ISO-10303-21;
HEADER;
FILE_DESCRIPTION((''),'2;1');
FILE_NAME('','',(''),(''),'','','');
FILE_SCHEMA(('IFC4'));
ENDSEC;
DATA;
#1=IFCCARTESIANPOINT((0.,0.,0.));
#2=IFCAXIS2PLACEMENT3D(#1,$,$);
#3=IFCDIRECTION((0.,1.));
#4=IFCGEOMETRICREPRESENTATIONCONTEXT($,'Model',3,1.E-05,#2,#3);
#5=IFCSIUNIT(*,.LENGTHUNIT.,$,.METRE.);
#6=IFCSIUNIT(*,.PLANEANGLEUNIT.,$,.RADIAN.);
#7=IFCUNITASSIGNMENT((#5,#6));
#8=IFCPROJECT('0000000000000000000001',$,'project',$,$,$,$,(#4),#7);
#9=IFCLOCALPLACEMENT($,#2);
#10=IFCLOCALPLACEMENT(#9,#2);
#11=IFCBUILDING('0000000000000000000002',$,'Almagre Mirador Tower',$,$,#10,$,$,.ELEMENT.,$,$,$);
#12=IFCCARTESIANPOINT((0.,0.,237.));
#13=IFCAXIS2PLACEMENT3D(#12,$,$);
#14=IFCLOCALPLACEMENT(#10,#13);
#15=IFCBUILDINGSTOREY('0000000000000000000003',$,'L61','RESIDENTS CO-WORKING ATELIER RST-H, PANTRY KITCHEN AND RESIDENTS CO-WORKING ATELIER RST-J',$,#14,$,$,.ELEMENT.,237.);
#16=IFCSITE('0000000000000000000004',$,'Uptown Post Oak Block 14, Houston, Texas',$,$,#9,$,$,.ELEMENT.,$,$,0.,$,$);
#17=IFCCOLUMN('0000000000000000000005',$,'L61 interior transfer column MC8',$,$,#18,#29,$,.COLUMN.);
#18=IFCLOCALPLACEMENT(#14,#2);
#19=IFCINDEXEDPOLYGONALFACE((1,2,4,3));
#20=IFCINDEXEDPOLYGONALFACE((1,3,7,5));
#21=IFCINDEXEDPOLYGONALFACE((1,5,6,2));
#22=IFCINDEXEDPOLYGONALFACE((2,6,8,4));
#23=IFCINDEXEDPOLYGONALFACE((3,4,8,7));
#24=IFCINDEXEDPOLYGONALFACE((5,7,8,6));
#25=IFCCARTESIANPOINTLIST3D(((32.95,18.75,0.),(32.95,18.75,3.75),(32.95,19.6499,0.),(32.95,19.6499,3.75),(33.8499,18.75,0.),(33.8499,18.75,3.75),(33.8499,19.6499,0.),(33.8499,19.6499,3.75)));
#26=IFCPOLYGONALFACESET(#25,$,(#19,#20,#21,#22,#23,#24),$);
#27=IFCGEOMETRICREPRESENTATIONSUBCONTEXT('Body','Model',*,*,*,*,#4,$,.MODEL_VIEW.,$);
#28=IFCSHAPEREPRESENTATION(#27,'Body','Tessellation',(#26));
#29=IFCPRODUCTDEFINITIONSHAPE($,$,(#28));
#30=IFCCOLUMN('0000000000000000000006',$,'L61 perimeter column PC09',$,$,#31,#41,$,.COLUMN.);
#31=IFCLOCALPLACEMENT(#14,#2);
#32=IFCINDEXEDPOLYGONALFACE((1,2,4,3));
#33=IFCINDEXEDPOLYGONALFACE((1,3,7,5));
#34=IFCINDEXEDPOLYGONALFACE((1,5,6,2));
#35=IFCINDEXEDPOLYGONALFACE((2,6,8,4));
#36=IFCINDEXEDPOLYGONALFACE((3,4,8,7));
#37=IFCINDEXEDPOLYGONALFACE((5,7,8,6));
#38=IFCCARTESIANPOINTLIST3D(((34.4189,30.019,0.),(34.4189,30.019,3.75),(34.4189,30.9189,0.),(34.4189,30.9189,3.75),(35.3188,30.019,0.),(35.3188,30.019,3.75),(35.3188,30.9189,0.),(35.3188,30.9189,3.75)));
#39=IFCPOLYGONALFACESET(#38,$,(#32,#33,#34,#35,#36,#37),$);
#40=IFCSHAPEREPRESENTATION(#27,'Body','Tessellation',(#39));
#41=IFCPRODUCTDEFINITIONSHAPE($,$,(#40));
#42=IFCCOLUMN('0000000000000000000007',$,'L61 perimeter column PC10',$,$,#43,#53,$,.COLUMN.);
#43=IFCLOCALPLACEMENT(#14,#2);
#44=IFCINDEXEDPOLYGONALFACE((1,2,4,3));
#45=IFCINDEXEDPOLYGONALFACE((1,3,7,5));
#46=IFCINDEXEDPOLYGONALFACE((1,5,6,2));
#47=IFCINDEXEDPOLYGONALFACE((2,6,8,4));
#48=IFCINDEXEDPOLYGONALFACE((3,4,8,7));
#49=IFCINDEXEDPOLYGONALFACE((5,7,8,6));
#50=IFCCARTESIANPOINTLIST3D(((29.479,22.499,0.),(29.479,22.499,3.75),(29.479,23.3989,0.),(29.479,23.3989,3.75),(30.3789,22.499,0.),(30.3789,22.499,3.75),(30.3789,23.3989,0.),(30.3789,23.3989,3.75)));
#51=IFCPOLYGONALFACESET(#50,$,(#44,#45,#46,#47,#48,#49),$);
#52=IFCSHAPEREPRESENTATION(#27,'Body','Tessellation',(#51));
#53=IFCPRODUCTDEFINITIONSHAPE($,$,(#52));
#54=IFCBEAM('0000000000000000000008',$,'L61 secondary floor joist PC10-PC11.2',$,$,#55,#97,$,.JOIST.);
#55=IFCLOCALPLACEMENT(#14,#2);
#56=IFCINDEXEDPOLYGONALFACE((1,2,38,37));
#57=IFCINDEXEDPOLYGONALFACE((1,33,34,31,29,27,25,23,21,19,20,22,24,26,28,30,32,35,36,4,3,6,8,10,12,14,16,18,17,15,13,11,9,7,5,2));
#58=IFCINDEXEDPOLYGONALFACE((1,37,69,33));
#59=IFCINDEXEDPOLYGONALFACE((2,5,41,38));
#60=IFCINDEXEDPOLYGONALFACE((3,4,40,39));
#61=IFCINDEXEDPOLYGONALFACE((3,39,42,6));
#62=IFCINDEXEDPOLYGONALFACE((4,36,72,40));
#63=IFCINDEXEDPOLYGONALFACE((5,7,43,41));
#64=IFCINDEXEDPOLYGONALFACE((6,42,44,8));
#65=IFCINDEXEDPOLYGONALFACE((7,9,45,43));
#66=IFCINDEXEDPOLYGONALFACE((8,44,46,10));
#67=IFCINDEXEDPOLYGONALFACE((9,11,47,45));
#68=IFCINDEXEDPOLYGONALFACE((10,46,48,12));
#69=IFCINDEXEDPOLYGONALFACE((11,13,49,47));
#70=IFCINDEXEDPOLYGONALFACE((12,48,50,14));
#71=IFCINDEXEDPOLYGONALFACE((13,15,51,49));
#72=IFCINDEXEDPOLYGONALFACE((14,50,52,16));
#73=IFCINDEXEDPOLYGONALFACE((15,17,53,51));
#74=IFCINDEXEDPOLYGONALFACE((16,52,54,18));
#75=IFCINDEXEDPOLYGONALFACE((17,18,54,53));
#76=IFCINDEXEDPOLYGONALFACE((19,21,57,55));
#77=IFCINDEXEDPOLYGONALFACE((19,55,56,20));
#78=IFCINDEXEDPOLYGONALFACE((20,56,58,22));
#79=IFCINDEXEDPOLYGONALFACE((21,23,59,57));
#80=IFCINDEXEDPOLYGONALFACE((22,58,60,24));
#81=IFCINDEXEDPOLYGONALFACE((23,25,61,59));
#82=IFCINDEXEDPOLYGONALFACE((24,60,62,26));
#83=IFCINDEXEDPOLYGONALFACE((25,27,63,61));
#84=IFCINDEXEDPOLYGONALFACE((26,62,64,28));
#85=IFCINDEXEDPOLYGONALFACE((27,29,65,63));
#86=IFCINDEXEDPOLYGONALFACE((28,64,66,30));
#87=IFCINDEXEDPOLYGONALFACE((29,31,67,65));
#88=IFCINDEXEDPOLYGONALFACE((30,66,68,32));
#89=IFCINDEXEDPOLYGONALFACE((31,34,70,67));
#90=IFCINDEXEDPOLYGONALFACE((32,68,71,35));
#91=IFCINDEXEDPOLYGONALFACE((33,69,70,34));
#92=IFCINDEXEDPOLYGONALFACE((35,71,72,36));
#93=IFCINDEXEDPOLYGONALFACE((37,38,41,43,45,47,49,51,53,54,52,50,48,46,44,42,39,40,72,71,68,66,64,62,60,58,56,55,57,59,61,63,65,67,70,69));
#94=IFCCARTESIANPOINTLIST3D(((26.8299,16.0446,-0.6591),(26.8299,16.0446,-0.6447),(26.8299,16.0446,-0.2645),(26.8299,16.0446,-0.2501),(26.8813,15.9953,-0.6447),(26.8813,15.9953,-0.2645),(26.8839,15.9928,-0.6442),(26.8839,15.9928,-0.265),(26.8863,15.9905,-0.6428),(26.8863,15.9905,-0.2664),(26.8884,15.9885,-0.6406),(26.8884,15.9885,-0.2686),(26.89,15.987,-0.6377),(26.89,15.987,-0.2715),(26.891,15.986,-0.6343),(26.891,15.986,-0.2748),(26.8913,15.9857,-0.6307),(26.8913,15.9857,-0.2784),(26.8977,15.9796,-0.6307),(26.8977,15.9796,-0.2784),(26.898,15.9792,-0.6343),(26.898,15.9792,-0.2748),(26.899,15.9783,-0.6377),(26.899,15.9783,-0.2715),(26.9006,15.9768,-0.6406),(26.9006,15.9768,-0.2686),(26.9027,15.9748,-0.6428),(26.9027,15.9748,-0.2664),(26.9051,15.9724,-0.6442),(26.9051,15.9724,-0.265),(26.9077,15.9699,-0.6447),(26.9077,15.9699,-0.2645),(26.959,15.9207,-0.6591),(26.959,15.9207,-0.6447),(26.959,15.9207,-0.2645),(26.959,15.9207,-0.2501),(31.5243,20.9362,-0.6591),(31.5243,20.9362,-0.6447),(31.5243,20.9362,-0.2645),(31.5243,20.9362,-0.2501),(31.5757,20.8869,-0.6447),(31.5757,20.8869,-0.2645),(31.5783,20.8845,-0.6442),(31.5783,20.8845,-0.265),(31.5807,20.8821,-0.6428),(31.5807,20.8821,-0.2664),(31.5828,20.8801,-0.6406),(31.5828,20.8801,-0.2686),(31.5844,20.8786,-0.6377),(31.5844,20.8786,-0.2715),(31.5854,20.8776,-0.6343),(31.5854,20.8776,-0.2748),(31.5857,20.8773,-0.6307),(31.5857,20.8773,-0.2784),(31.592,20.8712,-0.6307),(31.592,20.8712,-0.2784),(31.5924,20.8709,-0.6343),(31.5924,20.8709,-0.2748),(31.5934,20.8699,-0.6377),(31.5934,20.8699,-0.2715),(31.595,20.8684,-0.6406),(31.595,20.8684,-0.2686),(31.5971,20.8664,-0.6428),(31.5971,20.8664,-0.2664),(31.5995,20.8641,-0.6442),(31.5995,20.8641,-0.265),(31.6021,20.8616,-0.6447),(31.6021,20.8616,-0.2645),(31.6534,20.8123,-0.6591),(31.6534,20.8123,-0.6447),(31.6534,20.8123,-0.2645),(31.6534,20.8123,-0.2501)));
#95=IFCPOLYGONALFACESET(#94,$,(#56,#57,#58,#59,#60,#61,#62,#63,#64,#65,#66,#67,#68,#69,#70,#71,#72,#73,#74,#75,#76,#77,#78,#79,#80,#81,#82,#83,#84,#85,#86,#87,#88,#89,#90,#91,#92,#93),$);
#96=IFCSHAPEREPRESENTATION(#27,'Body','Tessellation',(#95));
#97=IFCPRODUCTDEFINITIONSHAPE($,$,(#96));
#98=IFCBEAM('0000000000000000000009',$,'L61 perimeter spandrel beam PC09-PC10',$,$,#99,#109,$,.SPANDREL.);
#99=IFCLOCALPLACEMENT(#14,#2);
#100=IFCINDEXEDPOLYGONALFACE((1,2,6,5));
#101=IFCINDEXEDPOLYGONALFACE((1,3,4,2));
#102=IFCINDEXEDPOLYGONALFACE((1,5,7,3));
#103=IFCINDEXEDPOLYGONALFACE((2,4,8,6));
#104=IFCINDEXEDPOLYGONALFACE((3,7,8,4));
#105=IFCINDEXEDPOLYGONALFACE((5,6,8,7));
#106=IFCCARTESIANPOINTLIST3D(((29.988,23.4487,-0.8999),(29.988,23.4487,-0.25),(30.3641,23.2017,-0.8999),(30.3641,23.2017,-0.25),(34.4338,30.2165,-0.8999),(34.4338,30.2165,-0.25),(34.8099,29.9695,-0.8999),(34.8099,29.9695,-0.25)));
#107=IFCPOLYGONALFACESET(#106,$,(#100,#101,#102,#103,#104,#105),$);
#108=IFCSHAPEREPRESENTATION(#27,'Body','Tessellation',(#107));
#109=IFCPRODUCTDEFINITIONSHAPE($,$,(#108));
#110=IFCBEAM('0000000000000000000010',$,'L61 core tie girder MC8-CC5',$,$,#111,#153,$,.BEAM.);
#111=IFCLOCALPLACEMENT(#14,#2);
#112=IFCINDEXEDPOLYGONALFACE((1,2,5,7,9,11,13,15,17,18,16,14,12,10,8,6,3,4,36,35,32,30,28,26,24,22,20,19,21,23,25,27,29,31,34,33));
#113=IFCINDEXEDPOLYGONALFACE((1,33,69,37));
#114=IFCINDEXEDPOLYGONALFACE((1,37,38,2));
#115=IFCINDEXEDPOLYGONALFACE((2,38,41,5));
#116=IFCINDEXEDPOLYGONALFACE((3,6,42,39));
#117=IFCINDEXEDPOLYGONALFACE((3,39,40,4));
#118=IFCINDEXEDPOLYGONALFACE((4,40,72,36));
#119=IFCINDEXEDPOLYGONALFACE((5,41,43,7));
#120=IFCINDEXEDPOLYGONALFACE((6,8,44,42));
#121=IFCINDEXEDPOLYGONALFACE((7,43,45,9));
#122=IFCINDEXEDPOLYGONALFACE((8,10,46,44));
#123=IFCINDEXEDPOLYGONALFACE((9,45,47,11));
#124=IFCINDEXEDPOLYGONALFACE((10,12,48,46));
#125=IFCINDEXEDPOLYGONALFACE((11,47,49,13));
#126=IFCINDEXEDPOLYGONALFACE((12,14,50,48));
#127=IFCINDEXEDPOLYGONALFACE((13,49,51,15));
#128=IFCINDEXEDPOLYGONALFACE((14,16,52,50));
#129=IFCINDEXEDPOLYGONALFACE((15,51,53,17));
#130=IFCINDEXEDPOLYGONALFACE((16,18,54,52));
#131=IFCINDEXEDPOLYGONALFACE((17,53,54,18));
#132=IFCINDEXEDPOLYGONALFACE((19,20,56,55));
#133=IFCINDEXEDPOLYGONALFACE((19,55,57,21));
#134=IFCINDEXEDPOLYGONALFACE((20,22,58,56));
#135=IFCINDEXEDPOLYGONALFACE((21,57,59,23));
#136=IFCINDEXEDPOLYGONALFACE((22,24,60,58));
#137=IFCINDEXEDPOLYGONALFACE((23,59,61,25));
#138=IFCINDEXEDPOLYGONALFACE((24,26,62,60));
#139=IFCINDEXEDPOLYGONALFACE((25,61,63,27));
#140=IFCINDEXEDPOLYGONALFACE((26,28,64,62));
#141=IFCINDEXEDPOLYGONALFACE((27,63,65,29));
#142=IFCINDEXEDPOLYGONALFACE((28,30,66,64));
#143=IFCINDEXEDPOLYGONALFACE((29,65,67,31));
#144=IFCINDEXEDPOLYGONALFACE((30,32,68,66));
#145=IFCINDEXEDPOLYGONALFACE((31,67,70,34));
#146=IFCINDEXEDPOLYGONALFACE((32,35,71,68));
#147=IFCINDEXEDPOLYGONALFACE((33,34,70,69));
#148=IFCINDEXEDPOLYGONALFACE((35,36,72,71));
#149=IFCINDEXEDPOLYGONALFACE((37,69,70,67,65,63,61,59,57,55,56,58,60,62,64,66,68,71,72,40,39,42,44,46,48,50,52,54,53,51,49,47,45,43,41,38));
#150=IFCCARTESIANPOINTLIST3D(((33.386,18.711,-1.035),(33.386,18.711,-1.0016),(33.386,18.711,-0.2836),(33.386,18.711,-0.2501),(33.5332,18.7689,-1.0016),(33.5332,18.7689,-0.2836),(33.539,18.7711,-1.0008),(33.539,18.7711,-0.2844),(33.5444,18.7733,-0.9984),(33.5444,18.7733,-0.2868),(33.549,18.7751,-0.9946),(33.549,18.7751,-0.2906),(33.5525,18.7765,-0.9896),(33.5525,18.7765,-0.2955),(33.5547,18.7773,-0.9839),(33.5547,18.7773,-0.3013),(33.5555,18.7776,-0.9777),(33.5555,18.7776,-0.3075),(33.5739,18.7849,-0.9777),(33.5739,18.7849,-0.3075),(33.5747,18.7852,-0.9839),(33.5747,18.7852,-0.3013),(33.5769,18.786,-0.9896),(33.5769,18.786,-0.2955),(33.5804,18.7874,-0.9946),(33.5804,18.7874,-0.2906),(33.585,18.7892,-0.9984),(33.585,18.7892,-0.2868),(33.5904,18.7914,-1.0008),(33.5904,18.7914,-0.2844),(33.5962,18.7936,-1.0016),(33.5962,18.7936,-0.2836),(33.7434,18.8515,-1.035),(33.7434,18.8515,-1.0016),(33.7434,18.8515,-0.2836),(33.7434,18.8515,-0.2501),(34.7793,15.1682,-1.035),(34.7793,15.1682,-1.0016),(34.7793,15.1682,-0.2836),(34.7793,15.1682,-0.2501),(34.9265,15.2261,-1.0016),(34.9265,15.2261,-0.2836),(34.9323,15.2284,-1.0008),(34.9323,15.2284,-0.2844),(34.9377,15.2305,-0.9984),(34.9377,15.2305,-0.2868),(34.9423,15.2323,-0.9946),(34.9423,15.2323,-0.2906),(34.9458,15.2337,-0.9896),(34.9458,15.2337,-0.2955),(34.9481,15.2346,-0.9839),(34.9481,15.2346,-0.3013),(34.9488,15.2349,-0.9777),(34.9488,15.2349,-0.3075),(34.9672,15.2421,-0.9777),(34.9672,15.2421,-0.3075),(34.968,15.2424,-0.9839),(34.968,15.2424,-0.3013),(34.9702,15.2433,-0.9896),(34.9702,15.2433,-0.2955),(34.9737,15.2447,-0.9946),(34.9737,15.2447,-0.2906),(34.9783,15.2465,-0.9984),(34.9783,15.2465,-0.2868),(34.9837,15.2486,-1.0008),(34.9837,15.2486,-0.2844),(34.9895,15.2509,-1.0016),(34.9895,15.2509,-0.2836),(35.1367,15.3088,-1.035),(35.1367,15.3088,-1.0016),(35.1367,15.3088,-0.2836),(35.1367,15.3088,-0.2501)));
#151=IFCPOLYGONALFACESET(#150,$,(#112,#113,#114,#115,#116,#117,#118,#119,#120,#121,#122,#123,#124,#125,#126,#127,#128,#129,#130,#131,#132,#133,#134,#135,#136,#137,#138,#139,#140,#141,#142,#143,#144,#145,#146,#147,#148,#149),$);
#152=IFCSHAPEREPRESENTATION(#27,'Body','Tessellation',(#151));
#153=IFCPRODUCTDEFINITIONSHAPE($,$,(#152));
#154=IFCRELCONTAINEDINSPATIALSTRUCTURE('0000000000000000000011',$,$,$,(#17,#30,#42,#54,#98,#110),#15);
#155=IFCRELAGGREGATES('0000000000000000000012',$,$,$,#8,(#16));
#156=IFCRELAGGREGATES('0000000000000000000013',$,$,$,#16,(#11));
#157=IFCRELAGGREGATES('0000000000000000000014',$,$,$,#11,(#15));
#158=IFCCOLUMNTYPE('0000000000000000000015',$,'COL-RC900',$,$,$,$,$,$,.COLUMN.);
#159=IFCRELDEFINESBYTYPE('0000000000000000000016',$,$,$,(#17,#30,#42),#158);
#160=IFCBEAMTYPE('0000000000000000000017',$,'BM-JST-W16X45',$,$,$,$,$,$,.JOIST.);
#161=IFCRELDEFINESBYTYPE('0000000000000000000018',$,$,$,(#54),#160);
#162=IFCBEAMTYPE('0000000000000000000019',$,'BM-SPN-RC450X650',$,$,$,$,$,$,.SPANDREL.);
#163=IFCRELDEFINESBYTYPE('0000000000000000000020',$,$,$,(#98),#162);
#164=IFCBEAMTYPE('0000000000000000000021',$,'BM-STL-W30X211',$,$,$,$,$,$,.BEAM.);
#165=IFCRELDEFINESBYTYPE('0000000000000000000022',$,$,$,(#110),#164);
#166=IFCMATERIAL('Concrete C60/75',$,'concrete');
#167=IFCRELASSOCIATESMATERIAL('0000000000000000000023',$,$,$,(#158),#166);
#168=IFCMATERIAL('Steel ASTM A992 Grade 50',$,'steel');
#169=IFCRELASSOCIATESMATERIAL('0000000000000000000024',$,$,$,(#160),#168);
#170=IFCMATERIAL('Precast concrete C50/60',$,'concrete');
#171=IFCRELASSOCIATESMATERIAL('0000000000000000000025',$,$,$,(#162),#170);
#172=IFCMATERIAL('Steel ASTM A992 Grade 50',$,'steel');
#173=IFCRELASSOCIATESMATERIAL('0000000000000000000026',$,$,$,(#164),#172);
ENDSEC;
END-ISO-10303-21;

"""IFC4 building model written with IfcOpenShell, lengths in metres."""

from ifc_helpers import new_model, si_unit, direction, frame, origin, origin_2d, place, context, subcontext, project, spatial, rectangle, i_section, extrude, material, material_profile, profile_set, type_object, element, save


model = new_model("IFC4")

# Units and contexts
model_context = context("Model", 3, precision=1e-05, world=origin(), true_north=direction((0.0, 1.0)))
body_context = subcontext(model_context, "Body", "Model", "MODEL_VIEW")
ifc_project = project(units=[si_unit("LENGTHUNIT", "METRE"), si_unit("PLANEANGLEUNIT", "RADIAN")], contexts=[model_context])

# Site, building, storey
site_placement = place(None, origin())
site = spatial("IfcSite", under=ifc_project, at=site_placement, Name="Uptown Post Oak Block 14, Houston, Texas", CompositionType="ELEMENT", RefElevation=0.0)
building_placement = place(site_placement, origin())
building = spatial("IfcBuilding", under=site, at=building_placement, Name="Almagre Mirador Tower", CompositionType="ELEMENT")
storey_placement = place(building_placement, frame((0.0, 0.0, 237.0)))
storey = spatial("IfcBuildingStorey", under=building, at=storey_placement, Name="L61", Description="RESIDENTS CO-WORKING ATELIER RST-H, PANTRY KITCHEN AND RESIDENTS CO-WORKING ATELIER RST-J", CompositionType="ELEMENT", Elevation=237.0)

# Columns
ifc_material_1 = material(Name="Concrete C60/75", Category="concrete")
ifc_material_profile_1 = material_profile(ifc_material_1, rectangle(XDim=0.8999, YDim=0.8999, at=origin_2d()), Name="RC900X900")
ifc_profile_set_1 = profile_set([ifc_material_profile_1], Name="Concrete C60/75")
column_type = type_object("IfcColumnType", Name="COL-RC900", PredefinedType="COLUMN", material=ifc_profile_set_1)
for number, where, z_axis, x_axis, name in (
    (1, (33.3999, 19.2, 0.0), (0.0, 0.0, 1.0), (1.0, 0.0, 0.0), "L61 interior transfer column MC8"),
    (2, (34.8689, 30.469, 0.0), (0.0, 0.0, 1.0), (1.0, 0.0, 0.0), "L61 perimeter column PC09"),
    (3, (29.929, 22.949, 0.0), (0.0, 0.0, 1.0), (1.0, 0.0, 0.0), "L61 perimeter column PC10"),
):
    element("IfcColumn", number, at=place(storey_placement, frame(where, z_axis=z_axis, x_axis=x_axis)), inside=storey, type_object=column_type, Name=name, PredefinedType="COLUMN", context=body_context, shape_type="SweptSolid", body=[
        extrude(rectangle(XDim=0.8999, YDim=0.8999, at=origin_2d()), origin(), (0.0, 0.0, 1.0), 3.75),
    ])

# Beams
ifc_material_2 = material(Name="Steel ASTM A992 Grade 50", Category="steel")
ifc_material_profile_2 = material_profile(ifc_material_2, i_section(OverallWidth=0.179, OverallDepth=0.4089, WebThickness=0.0088, FlangeThickness=0.0144, FilletRadius=0.0139, at=origin_2d()), Name="W16X45")
ifc_profile_set_2 = profile_set([ifc_material_profile_2], Name="Steel ASTM A992 Grade 50")
beam_type_1 = type_object("IfcBeamType", Name="BM-JST-W16X45", PredefinedType="JOIST", material=ifc_profile_set_2)
beam_1_placement = place(storey_placement, frame((31.5889, 20.8743, -0.4546), z_axis=(-0.692409, -0.721505, 0.0), x_axis=(0.721505, -0.692409, 0.0)))
element("IfcBeam", 4, at=beam_1_placement, inside=storey, type_object=beam_type_1, Name="L61 secondary floor joist PC10-PC11.2", PredefinedType="JOIST", context=body_context, shape_type="SweptSolid", body=[
    extrude(i_section(OverallWidth=0.179, OverallDepth=0.4089, WebThickness=0.0088, FlangeThickness=0.0144, FilletRadius=0.0139, at=origin_2d()), origin(), (0.0, 0.0, 1.0), 6.7798),
])
ifc_material_3 = material(Name="Precast concrete C50/60", Category="concrete")
ifc_material_profile_3 = material_profile(ifc_material_3, rectangle(XDim=0.45, YDim=0.6499, at=origin_2d()), Name="RC450X650")
ifc_profile_set_3 = profile_set([ifc_material_profile_3], Name="Precast concrete C50/60")
beam_type_2 = type_object("IfcBeamType", Name="BM-SPN-RC450X650", PredefinedType="SPANDREL", material=ifc_profile_set_3)
beam_2_placement = place(storey_placement, frame((34.6218, 30.093, -0.575), z_axis=(-0.549038, -0.835798, 0.0), x_axis=(0.835798, -0.549038, 0.0)))
element("IfcBeam", 5, at=beam_2_placement, inside=storey, type_object=beam_type_2, Name="L61 perimeter spandrel beam PC09-PC10", PredefinedType="SPANDREL", context=body_context, shape_type="SweptSolid", body=[
    extrude(rectangle(XDim=0.45, YDim=0.6499, at=origin_2d()), origin(), (0.0, 0.0, 1.0), 8.0974),
])
ifc_material_4 = material(Name="Steel ASTM A992 Grade 50", Category="steel")
ifc_material_profile_4 = material_profile(ifc_material_4, i_section(OverallWidth=0.384, OverallDepth=0.7849, WebThickness=0.0198, FlangeThickness=0.0334, FilletRadius=0.0239, at=origin_2d()), Name="W30X211")
ifc_profile_set_4 = profile_set([ifc_material_profile_4], Name="Steel ASTM A992 Grade 50")
beam_type_3 = type_object("IfcBeamType", Name="BM-STL-W30X211", PredefinedType="BEAM", material=ifc_profile_set_4)
beam_3_placement = place(storey_placement, frame((33.5647, 18.7812, -0.6426), z_axis=(0.366, -0.930615, 0.0), x_axis=(0.930615, 0.366, 0.0)))
element("IfcBeam", 6, at=beam_3_placement, inside=storey, type_object=beam_type_3, Name="L61 core tie girder MC8-CC5", PredefinedType="BEAM", context=body_context, shape_type="SweptSolid", body=[
    extrude(i_section(OverallWidth=0.384, OverallDepth=0.7849, WebThickness=0.0198, FlangeThickness=0.0334, FilletRadius=0.0239, at=origin_2d()), origin(), (0.0, 0.0, 1.0), 3.8069),
])

save(model, "model.ifc")
